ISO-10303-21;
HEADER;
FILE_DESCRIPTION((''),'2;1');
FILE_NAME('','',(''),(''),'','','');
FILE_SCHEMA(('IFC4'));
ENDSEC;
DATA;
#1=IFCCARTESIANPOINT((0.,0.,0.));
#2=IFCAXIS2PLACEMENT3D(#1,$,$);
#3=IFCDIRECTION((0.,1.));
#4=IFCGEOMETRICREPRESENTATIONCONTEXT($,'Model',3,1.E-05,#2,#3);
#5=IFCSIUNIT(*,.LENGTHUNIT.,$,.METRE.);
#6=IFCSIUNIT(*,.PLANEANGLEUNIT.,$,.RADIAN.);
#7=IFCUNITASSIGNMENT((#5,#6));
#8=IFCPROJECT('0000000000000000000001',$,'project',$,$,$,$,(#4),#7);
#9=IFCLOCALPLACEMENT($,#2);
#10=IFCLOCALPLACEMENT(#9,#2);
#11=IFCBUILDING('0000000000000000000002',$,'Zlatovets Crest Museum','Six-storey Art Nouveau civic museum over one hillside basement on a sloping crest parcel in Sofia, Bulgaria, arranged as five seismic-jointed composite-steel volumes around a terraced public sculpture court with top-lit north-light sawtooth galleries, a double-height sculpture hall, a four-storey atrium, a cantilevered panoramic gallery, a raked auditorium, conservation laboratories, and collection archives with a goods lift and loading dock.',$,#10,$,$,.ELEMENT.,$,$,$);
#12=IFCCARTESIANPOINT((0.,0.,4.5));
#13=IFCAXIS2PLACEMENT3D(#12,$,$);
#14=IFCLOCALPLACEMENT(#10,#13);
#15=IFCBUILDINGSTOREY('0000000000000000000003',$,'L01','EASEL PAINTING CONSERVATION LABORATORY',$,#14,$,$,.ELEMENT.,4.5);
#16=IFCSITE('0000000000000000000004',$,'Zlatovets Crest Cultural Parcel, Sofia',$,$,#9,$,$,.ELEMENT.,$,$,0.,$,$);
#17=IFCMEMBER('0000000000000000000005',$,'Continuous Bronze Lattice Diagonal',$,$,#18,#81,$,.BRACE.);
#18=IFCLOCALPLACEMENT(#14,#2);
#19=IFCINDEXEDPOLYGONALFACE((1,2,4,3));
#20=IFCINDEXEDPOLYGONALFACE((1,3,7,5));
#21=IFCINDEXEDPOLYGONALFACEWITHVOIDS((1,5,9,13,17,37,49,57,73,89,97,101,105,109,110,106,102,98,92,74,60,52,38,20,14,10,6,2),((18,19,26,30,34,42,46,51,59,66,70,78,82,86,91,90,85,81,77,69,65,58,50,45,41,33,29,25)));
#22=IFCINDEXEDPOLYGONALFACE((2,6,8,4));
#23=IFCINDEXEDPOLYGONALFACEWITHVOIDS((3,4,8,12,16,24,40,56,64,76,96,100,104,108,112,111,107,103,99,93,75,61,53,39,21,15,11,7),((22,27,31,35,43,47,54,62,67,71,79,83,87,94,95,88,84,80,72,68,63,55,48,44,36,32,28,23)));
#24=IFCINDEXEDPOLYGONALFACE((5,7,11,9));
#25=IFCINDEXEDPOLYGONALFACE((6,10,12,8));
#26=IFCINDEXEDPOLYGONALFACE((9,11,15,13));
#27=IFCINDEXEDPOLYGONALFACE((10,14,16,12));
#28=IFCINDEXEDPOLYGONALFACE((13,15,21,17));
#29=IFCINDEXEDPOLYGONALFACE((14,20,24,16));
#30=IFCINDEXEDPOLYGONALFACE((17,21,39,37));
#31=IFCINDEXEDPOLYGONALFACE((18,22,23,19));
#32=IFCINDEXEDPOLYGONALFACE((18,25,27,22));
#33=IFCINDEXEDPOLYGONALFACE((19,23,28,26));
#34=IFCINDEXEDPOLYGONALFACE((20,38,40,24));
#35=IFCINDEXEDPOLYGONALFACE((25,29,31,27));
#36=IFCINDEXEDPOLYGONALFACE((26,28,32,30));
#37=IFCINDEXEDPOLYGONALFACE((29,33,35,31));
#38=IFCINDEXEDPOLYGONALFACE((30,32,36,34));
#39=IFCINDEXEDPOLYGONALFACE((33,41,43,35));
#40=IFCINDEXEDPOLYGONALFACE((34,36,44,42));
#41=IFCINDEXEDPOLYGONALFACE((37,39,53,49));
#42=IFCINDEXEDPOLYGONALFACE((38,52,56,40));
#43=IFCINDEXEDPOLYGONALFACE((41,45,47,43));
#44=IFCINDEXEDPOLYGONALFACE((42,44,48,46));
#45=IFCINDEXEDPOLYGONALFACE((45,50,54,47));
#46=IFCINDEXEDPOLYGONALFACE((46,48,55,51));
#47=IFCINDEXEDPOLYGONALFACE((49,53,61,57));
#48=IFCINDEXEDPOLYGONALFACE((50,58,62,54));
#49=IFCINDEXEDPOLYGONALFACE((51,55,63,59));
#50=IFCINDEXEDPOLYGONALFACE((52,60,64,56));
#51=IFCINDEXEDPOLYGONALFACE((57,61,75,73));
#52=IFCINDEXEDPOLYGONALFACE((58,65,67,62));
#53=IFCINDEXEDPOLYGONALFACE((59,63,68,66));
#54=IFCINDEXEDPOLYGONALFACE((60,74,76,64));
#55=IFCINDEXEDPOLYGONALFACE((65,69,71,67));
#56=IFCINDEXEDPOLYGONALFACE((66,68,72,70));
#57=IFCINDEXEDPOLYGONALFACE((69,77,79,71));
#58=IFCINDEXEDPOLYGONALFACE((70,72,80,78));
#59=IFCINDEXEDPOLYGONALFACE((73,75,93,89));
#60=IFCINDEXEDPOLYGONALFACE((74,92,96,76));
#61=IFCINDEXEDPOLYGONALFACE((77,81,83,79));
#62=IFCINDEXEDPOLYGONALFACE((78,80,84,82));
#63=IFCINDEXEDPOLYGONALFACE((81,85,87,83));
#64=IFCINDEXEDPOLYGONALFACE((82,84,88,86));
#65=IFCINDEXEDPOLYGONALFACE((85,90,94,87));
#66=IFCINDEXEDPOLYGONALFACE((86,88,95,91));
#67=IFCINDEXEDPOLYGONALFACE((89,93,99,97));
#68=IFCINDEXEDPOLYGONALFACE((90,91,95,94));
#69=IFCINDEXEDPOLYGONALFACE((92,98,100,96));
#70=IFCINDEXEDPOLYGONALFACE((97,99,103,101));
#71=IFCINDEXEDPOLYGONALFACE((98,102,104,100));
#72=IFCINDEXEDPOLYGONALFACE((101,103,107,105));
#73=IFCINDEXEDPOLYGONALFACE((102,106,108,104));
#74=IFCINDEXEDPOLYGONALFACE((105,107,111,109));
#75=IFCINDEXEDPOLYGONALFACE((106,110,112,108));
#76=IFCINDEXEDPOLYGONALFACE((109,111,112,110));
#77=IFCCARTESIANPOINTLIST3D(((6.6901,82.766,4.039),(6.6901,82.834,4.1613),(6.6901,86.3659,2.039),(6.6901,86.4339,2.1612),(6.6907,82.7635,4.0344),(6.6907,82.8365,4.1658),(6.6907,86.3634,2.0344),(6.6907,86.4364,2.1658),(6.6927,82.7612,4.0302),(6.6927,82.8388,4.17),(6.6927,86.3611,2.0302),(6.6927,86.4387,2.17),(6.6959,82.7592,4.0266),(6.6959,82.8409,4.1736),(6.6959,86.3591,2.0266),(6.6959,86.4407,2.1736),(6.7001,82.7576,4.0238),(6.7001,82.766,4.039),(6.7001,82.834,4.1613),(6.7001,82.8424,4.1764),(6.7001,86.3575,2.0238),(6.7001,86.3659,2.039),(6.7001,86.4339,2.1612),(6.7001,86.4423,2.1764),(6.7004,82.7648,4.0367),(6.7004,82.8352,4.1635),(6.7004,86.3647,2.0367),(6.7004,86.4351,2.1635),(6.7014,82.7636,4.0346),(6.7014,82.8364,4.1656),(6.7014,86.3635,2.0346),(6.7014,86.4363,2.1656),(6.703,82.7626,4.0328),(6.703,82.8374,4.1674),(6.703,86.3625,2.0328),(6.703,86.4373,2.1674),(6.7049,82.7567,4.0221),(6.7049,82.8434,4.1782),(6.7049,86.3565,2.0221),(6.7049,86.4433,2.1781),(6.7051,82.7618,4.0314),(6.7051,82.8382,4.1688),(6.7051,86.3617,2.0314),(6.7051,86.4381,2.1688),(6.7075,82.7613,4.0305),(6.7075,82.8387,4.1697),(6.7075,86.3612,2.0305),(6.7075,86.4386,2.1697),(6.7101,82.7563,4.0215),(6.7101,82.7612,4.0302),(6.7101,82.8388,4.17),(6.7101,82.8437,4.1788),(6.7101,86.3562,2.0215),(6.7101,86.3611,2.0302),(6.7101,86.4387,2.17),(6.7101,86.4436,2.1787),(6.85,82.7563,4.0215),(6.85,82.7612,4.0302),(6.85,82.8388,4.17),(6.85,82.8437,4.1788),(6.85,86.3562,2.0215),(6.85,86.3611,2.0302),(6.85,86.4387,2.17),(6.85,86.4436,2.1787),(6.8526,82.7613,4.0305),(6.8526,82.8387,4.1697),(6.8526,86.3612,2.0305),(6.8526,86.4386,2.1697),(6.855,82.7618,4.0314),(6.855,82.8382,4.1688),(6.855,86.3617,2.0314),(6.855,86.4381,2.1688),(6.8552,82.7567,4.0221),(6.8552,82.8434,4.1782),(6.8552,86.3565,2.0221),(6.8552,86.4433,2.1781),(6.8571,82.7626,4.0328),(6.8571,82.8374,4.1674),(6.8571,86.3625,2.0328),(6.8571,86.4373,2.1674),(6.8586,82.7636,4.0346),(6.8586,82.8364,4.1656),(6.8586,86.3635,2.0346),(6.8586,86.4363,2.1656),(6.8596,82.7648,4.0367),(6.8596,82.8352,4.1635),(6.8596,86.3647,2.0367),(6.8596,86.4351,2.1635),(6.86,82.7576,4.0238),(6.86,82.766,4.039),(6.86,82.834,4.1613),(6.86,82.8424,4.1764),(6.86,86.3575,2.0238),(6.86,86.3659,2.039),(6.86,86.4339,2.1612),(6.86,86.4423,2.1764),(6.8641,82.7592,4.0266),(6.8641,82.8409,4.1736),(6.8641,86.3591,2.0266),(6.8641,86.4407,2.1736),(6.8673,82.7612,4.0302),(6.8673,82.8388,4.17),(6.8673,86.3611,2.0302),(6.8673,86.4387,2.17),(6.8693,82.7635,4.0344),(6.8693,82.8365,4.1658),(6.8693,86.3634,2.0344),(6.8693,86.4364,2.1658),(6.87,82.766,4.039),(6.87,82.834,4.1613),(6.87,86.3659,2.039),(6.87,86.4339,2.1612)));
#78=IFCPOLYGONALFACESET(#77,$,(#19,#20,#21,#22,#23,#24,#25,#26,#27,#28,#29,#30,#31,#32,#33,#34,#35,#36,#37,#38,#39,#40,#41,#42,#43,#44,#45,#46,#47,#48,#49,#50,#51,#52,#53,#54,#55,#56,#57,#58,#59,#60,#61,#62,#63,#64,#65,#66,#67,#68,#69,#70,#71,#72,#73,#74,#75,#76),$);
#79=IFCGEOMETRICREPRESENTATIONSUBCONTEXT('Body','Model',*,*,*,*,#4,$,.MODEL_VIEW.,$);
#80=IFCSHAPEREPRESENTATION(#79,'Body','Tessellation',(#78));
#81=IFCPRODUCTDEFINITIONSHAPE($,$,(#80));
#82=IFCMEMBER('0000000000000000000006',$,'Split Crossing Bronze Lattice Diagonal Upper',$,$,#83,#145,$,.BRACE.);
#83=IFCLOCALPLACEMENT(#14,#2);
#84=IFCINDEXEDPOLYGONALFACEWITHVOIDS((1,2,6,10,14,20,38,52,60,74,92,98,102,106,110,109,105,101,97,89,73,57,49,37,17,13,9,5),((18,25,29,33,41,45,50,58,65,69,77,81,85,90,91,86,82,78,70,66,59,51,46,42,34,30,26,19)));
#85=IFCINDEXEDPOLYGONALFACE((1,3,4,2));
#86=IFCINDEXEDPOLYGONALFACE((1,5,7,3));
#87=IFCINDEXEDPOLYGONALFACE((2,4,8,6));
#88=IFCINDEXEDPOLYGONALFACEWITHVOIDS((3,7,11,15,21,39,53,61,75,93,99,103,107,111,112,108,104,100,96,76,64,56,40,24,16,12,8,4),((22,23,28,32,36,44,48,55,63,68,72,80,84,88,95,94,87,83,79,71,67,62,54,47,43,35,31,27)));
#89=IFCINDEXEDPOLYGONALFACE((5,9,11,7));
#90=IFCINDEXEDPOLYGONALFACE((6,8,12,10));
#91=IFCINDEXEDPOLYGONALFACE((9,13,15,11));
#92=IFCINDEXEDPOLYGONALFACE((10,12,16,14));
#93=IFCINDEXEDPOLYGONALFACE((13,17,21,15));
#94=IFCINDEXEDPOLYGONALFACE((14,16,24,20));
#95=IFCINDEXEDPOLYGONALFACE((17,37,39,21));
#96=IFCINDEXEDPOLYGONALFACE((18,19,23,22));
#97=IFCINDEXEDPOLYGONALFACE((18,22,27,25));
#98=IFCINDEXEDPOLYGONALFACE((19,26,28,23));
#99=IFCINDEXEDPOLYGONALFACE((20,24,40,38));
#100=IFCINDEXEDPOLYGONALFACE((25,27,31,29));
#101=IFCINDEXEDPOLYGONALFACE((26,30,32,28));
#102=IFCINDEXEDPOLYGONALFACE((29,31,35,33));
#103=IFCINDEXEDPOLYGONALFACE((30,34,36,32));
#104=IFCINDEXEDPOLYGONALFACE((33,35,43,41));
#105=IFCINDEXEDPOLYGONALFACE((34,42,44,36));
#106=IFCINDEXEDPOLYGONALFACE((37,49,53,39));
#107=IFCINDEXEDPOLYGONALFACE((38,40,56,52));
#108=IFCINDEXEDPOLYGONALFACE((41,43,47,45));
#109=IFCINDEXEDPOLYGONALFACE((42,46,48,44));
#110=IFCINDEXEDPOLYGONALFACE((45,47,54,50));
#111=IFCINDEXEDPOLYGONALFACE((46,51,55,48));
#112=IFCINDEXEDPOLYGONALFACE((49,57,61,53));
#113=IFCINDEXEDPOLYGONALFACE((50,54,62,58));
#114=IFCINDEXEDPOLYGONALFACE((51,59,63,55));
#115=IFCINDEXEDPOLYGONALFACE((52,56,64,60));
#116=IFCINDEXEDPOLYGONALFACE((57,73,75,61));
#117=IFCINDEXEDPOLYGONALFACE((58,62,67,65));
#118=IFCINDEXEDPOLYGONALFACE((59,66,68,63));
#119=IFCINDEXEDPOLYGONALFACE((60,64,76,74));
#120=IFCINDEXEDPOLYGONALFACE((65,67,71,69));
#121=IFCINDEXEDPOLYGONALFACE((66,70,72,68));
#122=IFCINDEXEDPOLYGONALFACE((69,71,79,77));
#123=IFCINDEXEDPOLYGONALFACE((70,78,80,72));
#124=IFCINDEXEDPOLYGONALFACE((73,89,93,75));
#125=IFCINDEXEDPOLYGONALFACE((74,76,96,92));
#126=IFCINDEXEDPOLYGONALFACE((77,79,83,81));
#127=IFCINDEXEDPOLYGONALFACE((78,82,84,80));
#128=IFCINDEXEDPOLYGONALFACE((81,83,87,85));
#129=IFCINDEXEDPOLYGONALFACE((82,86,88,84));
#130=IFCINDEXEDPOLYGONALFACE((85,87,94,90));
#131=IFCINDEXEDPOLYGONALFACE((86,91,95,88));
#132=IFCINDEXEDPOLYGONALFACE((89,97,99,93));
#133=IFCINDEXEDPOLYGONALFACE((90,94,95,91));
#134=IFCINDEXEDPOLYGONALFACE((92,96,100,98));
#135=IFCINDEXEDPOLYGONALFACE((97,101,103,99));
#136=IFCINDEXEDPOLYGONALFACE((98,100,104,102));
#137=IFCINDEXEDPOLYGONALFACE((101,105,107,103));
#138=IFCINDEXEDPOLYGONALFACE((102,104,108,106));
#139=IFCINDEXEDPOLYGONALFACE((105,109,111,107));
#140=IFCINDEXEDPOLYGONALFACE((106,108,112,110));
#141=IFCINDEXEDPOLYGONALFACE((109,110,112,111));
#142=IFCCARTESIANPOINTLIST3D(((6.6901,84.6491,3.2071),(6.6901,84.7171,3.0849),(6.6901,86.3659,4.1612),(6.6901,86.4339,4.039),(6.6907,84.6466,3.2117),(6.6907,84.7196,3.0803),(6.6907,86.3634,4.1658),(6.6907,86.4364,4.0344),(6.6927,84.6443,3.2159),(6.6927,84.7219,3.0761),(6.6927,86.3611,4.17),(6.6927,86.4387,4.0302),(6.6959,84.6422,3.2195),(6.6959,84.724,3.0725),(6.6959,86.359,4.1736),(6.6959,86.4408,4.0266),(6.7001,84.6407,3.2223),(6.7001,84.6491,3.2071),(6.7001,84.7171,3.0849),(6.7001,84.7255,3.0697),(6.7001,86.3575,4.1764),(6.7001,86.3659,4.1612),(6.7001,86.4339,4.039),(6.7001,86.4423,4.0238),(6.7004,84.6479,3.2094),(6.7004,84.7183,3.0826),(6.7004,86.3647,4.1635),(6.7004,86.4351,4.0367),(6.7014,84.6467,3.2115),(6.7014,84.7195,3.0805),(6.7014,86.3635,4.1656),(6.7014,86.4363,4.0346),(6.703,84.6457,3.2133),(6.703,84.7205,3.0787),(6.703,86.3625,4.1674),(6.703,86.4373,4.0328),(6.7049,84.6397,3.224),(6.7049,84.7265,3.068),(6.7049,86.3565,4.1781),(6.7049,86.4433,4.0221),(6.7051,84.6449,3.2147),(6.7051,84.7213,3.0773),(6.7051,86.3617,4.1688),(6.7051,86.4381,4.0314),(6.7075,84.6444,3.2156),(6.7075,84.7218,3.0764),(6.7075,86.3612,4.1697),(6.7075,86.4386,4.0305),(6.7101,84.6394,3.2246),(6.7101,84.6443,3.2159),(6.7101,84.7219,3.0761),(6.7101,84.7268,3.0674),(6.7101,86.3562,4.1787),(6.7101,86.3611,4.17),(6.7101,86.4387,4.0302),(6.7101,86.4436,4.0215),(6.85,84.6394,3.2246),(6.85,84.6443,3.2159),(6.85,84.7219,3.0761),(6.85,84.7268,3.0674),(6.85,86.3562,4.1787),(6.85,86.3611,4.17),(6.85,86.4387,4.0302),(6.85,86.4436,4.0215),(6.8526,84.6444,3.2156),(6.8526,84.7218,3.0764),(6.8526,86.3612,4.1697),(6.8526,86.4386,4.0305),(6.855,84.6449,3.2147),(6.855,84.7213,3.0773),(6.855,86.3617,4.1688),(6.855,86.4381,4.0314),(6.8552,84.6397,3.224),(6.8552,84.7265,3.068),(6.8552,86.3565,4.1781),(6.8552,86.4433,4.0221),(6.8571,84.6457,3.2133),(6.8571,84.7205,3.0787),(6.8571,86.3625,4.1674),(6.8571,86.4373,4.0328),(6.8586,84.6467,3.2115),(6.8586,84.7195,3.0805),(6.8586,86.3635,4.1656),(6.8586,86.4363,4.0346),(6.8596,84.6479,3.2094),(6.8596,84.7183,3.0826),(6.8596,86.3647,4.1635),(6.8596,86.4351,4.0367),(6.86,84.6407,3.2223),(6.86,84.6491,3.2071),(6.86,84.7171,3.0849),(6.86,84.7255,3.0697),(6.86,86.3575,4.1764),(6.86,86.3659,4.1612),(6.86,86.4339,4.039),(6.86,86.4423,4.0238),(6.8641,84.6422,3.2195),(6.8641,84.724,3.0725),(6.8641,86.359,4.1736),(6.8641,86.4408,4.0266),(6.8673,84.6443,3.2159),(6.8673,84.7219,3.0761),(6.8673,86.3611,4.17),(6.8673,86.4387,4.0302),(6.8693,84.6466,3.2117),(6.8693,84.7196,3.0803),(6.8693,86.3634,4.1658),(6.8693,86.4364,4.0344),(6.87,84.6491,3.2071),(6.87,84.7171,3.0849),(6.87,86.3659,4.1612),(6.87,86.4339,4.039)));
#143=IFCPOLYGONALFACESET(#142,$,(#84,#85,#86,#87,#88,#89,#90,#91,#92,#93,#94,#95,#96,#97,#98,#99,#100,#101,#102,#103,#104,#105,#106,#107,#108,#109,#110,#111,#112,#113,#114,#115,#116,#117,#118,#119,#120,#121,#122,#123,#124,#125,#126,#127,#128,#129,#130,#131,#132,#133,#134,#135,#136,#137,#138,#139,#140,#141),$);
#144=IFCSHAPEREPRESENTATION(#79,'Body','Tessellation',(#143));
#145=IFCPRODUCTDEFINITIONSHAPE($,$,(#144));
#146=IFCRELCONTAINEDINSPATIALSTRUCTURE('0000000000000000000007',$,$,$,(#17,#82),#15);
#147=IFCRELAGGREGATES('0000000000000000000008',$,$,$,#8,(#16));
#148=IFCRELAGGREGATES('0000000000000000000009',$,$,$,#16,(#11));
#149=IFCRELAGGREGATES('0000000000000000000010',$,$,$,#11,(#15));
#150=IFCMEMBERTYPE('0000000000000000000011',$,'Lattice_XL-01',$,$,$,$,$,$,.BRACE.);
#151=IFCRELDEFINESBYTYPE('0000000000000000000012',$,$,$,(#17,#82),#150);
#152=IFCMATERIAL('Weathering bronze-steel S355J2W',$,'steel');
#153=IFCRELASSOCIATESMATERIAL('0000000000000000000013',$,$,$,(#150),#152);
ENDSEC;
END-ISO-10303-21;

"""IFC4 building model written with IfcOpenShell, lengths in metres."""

from ifc_helpers import new_model, si_unit, direction, frame, origin, origin_2d, place, context, subcontext, project, spatial, hollow_rectangle, extrude, material, material_profile, profile_set, type_object, element, save


model = new_model("IFC4")

# Units and contexts
model_context = context("Model", 3, precision=1e-05, world=origin(), true_north=direction((0.0, 1.0)))
body_context = subcontext(model_context, "Body", "Model", "MODEL_VIEW")
ifc_project = project(units=[si_unit("LENGTHUNIT", "METRE"), si_unit("PLANEANGLEUNIT", "RADIAN")], contexts=[model_context])

# Site, building, storey
site_placement = place(None, origin())
site = spatial("IfcSite", under=ifc_project, at=site_placement, Name="Zlatovets Crest Cultural Parcel, Sofia", CompositionType="ELEMENT", RefElevation=0.0)
building_placement = place(site_placement, origin())
building = spatial("IfcBuilding", under=site, at=building_placement, Name="Zlatovets Crest Museum", Description="Six-storey Art Nouveau civic museum over one hillside basement on a sloping crest parcel in Sofia, Bulgaria, arranged as five seismic-jointed composite-steel volumes around a terraced public sculpture court with top-lit north-light sawtooth galleries, a double-height sculpture hall, a four-storey atrium, a cantilevered panoramic gallery, a raked auditorium, conservation laboratories, and collection archives with a goods lift and loading dock.", CompositionType="ELEMENT")
storey_placement = place(building_placement, frame((0.0, 0.0, 4.5)))
storey = spatial("IfcBuildingStorey", under=building, at=storey_placement, Name="L01", Description="EASEL PAINTING CONSERVATION LABORATORY", CompositionType="ELEMENT", Elevation=4.5)

# Members
ifc_material_1 = material(Name="Weathering bronze-steel S355J2W", Category="steel")
ifc_material_profile_1 = material_profile(ifc_material_1, hollow_rectangle(XDim=0.1799, YDim=0.1799, WallThickness=0.01, InnerFilletRadius=0.01, OuterFilletRadius=0.02, at=origin_2d()), Name="SHS 180x180x10.0")
ifc_profile_set_1 = profile_set([ifc_material_profile_1], Name="Weathering bronze-steel S355J2W")
member_type_1 = type_object("IfcMemberType", Name="Lattice_XL-01", PredefinedType="BRACE", material=ifc_profile_set_1)
member_1_placement = place(storey_placement, frame((6.78, 86.3999, 2.1001), z_axis=(0.0, -0.874149, 0.485658), x_axis=(1.0, 0.0, 0.0)))
element("IfcMember", 1, at=member_1_placement, inside=storey, type_object=member_type_1, Name="Continuous Bronze Lattice Diagonal", PredefinedType="BRACE", context=body_context, shape_type="SweptSolid", body=[
    extrude(hollow_rectangle(XDim=0.1799, YDim=0.1799, WallThickness=0.01, InnerFilletRadius=0.01, OuterFilletRadius=0.02, at=origin_2d()), origin(), (0.0, 0.0, 1.0), 4.1182),
])
for number, where, z_axis, x_axis, name in (
    (2, (6.78, 86.3999, 4.1001), (0.0, -0.874087, -0.48577), (1.0, 0.0, 0.0), "Split Crossing Bronze Lattice Diagonal Upper"),
):
    element("IfcMember", number, at=place(storey_placement, frame(where, z_axis=z_axis, x_axis=x_axis)), inside=storey, type_object=member_type_1, Name=name, PredefinedType="BRACE", context=body_context, shape_type="SweptSolid", body=[
        extrude(hollow_rectangle(XDim=0.1799, YDim=0.1799, WallThickness=0.01, InnerFilletRadius=0.01, OuterFilletRadius=0.02, at=origin_2d()), origin(), (0.0, 0.0, 1.0), 1.9641),
    ])

save(model, "model.ifc")
